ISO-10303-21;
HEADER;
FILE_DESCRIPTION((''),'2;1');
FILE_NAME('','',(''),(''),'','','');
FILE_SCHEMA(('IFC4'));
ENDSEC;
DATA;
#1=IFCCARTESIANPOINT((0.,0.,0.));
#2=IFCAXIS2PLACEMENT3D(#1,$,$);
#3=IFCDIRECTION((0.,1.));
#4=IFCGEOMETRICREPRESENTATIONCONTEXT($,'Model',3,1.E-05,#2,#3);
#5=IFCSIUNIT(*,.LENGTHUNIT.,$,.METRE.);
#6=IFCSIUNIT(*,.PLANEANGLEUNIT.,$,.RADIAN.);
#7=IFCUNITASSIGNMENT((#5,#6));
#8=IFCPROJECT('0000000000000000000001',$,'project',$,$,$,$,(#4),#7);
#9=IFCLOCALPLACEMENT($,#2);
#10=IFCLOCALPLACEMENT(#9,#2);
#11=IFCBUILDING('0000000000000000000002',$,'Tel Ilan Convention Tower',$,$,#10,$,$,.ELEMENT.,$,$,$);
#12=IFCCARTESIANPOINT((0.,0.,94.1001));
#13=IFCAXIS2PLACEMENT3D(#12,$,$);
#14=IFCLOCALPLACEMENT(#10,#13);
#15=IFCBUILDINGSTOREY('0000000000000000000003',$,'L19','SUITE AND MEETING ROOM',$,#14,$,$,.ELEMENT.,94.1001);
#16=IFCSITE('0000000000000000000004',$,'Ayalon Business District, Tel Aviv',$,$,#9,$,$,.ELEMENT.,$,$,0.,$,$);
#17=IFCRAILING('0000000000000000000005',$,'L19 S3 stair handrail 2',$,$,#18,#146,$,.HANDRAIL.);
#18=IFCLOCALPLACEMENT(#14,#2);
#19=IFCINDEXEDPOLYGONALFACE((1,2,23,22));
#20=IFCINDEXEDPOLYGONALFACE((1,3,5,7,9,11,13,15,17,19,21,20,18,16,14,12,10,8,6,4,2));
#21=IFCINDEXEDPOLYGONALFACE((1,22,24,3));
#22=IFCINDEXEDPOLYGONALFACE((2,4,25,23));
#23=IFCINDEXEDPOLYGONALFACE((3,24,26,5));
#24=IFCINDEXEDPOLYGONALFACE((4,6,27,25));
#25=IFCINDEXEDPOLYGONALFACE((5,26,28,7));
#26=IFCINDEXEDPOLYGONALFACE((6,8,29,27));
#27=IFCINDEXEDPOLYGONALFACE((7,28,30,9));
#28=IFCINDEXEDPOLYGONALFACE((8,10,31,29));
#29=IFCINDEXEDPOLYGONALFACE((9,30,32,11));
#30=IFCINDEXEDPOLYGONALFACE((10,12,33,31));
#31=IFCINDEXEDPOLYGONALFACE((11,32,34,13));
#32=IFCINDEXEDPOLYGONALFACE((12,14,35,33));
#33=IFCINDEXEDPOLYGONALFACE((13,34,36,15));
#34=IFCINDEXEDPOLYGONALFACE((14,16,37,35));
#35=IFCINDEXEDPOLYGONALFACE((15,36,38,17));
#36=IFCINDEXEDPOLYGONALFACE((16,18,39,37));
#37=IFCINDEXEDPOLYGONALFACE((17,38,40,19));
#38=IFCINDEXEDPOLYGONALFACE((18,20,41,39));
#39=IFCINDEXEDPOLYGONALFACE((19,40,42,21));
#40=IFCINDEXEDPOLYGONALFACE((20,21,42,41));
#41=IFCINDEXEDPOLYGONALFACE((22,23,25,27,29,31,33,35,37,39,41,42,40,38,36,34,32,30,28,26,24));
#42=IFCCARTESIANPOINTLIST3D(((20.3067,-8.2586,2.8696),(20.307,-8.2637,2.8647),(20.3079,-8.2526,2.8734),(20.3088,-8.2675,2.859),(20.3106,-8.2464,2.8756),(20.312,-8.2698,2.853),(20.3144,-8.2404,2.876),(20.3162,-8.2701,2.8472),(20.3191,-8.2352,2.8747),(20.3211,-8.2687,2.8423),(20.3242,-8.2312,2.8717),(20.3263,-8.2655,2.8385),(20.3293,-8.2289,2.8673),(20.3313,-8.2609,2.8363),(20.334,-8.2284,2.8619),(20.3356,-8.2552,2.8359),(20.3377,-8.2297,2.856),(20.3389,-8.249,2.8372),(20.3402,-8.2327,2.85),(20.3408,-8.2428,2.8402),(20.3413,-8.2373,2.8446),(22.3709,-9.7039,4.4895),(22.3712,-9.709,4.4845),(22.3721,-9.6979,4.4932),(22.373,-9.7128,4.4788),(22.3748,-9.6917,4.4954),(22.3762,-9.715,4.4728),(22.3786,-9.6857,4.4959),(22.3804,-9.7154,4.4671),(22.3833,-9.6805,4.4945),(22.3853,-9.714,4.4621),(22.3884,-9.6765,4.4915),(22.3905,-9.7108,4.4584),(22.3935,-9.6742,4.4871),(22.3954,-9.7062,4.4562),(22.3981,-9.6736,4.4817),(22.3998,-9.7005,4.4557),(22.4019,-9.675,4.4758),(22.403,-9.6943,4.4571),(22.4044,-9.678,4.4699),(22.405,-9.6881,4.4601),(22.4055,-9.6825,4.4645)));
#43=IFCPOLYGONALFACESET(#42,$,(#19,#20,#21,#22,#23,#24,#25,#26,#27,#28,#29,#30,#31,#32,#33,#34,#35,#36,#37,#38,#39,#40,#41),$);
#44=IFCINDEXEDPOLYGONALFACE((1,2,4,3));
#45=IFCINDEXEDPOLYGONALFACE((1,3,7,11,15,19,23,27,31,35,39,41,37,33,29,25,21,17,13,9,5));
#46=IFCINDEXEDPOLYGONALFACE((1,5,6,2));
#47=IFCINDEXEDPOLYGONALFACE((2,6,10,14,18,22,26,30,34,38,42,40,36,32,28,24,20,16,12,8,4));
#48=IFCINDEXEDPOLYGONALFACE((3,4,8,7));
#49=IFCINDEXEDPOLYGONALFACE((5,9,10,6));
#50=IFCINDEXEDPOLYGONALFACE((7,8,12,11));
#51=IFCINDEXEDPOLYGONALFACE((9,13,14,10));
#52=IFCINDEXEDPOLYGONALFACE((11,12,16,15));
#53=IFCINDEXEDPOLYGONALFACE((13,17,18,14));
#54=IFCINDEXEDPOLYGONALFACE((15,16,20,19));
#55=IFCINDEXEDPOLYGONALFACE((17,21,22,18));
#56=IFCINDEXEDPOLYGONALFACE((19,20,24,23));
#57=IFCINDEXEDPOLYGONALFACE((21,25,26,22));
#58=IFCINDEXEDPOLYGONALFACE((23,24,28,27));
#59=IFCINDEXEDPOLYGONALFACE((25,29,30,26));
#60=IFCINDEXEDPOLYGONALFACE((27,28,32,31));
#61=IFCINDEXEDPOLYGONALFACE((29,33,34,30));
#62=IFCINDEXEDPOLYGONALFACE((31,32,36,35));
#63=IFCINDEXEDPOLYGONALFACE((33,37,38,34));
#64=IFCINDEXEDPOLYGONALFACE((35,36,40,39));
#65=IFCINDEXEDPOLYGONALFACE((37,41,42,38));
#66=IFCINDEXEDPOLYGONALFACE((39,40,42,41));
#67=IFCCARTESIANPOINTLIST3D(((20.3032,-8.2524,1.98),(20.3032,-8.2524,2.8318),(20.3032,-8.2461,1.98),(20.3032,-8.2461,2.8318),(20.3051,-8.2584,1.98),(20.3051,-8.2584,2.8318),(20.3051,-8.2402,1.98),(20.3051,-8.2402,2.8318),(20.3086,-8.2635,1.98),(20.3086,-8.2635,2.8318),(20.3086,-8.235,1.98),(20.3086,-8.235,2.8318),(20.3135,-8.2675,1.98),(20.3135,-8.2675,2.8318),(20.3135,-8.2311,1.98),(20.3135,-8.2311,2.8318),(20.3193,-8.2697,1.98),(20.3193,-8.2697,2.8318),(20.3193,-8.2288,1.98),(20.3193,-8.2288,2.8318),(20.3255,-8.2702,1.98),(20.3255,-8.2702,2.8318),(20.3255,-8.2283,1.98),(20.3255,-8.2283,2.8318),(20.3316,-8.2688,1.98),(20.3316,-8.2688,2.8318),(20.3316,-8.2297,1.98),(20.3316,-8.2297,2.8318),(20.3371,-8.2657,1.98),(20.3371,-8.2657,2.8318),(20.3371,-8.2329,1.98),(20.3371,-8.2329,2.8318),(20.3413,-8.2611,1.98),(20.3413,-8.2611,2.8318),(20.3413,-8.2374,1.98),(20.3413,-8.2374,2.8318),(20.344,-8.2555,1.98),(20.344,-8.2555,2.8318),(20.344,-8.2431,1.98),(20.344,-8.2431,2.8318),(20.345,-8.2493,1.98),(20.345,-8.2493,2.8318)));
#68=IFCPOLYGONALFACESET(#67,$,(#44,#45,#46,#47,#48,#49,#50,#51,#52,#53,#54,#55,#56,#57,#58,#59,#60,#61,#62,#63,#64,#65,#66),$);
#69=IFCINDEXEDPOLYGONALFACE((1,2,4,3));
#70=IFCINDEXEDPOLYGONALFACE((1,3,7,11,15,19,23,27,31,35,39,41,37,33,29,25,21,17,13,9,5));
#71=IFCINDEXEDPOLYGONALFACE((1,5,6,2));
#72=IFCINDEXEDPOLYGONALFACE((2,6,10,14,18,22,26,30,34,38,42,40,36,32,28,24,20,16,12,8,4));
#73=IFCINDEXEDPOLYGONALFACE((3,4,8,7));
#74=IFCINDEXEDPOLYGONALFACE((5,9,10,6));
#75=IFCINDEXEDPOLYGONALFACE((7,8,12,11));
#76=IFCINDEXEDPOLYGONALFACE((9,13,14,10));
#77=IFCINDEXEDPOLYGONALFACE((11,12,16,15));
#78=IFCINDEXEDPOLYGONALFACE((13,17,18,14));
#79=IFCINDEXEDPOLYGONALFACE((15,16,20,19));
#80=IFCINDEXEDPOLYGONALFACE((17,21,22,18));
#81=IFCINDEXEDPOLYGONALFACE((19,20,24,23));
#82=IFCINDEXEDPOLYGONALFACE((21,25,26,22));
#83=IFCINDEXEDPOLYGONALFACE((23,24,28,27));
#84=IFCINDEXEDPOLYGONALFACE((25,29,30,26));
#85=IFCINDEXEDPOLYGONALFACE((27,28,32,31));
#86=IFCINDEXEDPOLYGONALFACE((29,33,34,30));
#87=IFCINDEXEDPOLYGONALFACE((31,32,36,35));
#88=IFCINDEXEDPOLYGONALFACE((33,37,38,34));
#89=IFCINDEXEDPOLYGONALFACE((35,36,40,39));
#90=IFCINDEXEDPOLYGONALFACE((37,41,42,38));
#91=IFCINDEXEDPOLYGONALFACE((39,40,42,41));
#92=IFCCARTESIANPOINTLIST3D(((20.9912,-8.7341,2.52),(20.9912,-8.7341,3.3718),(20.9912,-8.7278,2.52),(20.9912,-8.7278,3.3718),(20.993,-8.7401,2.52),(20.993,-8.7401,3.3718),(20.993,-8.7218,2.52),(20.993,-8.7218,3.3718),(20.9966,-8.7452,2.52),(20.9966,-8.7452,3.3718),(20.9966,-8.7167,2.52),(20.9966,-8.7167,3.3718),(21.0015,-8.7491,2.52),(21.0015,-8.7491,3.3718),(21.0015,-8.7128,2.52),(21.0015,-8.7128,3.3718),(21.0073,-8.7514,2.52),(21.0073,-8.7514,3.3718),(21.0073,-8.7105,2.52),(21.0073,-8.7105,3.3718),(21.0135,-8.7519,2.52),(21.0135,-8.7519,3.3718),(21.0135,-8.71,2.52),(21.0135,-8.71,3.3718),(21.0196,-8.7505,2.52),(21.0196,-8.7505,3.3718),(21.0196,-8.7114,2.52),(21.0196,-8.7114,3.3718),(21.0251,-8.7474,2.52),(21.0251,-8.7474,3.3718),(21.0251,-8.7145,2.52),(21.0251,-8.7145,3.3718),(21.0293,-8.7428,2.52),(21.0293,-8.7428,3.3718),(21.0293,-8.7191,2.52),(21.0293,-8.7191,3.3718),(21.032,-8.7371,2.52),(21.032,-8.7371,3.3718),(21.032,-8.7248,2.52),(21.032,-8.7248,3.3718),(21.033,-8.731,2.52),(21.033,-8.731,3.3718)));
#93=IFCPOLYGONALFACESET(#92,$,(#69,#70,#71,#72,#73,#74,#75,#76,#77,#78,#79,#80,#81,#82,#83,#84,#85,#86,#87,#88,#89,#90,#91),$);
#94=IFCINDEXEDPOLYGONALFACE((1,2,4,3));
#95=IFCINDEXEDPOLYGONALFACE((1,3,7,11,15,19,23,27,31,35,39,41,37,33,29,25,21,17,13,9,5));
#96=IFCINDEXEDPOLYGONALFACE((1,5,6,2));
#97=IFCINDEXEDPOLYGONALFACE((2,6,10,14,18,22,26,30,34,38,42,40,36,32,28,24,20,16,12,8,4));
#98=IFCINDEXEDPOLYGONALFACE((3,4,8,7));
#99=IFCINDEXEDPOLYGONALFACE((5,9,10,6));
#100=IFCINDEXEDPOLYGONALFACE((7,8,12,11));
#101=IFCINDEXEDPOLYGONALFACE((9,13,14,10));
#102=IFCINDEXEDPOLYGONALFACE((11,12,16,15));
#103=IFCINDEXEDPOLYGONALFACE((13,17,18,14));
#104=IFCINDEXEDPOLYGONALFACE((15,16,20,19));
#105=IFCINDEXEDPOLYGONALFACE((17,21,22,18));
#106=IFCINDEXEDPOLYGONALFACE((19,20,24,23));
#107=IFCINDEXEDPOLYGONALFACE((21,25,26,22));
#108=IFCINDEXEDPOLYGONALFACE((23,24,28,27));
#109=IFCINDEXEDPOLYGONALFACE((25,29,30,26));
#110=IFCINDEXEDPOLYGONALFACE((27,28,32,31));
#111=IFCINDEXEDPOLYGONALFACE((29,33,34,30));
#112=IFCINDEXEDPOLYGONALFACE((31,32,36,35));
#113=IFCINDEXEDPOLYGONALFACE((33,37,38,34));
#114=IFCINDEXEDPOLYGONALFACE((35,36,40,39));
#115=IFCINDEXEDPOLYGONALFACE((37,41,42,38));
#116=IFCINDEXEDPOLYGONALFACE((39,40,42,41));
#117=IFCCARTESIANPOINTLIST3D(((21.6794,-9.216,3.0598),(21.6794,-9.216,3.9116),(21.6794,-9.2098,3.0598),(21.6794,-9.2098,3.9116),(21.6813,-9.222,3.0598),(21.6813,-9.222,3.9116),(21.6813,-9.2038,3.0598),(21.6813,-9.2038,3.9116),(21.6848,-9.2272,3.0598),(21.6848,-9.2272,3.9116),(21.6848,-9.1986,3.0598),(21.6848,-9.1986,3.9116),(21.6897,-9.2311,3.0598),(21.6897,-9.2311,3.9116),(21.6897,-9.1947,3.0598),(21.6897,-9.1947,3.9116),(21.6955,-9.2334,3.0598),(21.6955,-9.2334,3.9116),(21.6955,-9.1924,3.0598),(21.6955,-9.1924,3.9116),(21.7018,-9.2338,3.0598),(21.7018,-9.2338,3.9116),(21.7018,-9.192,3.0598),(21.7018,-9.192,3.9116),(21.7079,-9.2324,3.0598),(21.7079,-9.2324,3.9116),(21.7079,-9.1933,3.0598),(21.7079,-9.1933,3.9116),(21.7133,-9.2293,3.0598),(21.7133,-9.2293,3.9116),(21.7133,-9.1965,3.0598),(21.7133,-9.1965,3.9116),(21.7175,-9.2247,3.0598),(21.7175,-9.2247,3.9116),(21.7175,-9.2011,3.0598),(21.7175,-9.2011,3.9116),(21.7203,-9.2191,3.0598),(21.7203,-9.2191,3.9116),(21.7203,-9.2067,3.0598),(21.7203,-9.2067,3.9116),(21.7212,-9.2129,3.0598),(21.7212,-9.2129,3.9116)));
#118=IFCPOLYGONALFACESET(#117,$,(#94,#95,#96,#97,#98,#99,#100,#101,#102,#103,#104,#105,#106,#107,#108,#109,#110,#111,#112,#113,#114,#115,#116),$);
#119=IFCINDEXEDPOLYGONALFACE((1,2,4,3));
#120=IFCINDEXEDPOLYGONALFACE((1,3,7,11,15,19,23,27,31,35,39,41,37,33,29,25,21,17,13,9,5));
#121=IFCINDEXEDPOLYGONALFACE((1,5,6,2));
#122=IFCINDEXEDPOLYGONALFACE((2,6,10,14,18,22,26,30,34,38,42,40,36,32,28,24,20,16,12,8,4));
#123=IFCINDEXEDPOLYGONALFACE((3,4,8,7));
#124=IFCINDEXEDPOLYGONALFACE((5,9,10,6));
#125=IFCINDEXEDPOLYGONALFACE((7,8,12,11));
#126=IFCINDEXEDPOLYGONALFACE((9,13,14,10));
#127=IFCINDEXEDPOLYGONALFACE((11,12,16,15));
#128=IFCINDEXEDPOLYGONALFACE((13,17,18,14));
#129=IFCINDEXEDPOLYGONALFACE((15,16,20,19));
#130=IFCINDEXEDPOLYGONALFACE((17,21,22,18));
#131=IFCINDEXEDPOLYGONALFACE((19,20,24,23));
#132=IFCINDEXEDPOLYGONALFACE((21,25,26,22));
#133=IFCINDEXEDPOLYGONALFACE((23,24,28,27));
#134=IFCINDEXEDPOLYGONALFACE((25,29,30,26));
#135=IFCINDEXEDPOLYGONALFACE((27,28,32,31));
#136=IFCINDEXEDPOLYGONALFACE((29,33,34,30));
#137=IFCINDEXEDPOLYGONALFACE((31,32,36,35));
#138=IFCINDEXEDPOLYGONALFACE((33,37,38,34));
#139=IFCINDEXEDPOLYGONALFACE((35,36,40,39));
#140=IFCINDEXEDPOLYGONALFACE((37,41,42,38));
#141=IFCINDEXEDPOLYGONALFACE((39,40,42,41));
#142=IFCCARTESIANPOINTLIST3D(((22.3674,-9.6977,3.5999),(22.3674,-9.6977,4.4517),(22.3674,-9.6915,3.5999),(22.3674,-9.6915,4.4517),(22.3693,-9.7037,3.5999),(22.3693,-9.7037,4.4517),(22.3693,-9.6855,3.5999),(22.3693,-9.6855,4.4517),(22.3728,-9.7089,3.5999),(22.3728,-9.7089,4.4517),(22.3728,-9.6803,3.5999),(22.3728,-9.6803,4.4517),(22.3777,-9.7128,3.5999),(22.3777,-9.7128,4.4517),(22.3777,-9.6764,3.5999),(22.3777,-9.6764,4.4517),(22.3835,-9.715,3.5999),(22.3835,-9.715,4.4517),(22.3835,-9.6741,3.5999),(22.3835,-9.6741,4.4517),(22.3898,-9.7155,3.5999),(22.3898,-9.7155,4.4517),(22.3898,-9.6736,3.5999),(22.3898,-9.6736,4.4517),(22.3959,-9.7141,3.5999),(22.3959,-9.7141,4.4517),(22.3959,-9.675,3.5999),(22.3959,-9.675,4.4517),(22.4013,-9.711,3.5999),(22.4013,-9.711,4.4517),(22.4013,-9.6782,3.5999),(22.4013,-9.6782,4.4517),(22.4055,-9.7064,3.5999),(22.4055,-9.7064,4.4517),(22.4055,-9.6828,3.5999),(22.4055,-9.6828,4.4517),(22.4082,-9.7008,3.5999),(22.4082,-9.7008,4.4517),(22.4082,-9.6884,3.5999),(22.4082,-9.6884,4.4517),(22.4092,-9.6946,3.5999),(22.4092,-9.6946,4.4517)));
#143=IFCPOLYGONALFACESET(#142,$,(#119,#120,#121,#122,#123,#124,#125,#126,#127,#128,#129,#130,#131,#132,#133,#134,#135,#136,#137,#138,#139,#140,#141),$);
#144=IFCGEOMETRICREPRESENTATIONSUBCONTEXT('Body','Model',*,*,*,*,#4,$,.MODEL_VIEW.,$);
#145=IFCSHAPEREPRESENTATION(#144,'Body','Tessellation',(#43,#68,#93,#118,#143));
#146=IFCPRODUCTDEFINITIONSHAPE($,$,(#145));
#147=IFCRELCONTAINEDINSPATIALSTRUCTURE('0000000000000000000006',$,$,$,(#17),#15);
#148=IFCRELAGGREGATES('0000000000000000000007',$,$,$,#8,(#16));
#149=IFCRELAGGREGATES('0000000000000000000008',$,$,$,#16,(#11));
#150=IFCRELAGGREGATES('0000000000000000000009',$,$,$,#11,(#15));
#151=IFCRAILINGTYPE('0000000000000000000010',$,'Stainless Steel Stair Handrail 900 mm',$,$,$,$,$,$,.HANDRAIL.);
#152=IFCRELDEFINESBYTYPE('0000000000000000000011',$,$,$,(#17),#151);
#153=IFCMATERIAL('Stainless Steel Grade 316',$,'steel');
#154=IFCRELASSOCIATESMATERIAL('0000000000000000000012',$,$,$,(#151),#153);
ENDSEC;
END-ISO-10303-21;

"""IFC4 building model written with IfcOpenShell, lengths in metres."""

from ifc_helpers import new_model, si_unit, direction, frame, origin, origin_2d, place, context, subcontext, project, spatial, circle, extrude, material, type_object, element, save


model = new_model("IFC4")

# Units and contexts
model_context = context("Model", 3, precision=1e-05, world=origin(), true_north=direction((0.0, 1.0)))
body_context = subcontext(model_context, "Body", "Model", "MODEL_VIEW")
ifc_project = project(units=[si_unit("LENGTHUNIT", "METRE"), si_unit("PLANEANGLEUNIT", "RADIAN")], contexts=[model_context])

# Site, building, storey
site_placement = place(None, origin())
site = spatial("IfcSite", under=ifc_project, at=site_placement, Name="Ayalon Business District, Tel Aviv", CompositionType="ELEMENT", RefElevation=0.0)
building_placement = place(site_placement, origin())
building = spatial("IfcBuilding", under=site, at=building_placement, Name="Tel Ilan Convention Tower", CompositionType="ELEMENT")
storey_placement = place(building_placement, frame((0.0, 0.0, 94.1001)))
storey = spatial("IfcBuildingStorey", under=building, at=storey_placement, Name="L19", Description="SUITE AND MEETING ROOM", CompositionType="ELEMENT", Elevation=94.1001)

# Railing
ifc_material_1 = material(Name="Stainless Steel Grade 316", Category="steel")
railing_type_1 = type_object("IfcRailingType", Name="Stainless Steel Stair Handrail 900 mm", PredefinedType="HANDRAIL", material=ifc_material_1)
railing_1_placement = place(storey_placement, frame((20.324, -8.2493, 1.98)))
element("IfcRailing", 1, at=railing_1_placement, inside=storey, type_object=railing_type_1, Name="L19 S3 stair handrail 2", PredefinedType="HANDRAIL", context=body_context, shape_type="SweptSolid", body=[
    extrude(circle(Radius=0.0239, at=origin_2d()), frame((0.0, 0.0, 0.876), z_axis=(0.68907, -0.482472, 0.540743), x_axis=(0.57356, 0.819164, 0.0)), (0.0, 0.0, 1.0), 2.9956),
    extrude(circle(Radius=0.021, at=origin_2d()), origin(), (0.0, 0.0, 1.0), 0.8518),
    extrude(circle(Radius=0.021, at=origin_2d()), frame((0.688, -0.4817, 0.54)), (0.0, 0.0, 1.0), 0.8518),
    extrude(circle(Radius=0.021, at=origin_2d()), frame((1.3762, -0.9636, 1.0798)), (0.0, 0.0, 1.0), 0.8518),
    extrude(circle(Radius=0.021, at=origin_2d()), frame((2.0642, -1.4453, 1.6199)), (0.0, 0.0, 1.0), 0.8518),
])

save(model, "model.ifc")
